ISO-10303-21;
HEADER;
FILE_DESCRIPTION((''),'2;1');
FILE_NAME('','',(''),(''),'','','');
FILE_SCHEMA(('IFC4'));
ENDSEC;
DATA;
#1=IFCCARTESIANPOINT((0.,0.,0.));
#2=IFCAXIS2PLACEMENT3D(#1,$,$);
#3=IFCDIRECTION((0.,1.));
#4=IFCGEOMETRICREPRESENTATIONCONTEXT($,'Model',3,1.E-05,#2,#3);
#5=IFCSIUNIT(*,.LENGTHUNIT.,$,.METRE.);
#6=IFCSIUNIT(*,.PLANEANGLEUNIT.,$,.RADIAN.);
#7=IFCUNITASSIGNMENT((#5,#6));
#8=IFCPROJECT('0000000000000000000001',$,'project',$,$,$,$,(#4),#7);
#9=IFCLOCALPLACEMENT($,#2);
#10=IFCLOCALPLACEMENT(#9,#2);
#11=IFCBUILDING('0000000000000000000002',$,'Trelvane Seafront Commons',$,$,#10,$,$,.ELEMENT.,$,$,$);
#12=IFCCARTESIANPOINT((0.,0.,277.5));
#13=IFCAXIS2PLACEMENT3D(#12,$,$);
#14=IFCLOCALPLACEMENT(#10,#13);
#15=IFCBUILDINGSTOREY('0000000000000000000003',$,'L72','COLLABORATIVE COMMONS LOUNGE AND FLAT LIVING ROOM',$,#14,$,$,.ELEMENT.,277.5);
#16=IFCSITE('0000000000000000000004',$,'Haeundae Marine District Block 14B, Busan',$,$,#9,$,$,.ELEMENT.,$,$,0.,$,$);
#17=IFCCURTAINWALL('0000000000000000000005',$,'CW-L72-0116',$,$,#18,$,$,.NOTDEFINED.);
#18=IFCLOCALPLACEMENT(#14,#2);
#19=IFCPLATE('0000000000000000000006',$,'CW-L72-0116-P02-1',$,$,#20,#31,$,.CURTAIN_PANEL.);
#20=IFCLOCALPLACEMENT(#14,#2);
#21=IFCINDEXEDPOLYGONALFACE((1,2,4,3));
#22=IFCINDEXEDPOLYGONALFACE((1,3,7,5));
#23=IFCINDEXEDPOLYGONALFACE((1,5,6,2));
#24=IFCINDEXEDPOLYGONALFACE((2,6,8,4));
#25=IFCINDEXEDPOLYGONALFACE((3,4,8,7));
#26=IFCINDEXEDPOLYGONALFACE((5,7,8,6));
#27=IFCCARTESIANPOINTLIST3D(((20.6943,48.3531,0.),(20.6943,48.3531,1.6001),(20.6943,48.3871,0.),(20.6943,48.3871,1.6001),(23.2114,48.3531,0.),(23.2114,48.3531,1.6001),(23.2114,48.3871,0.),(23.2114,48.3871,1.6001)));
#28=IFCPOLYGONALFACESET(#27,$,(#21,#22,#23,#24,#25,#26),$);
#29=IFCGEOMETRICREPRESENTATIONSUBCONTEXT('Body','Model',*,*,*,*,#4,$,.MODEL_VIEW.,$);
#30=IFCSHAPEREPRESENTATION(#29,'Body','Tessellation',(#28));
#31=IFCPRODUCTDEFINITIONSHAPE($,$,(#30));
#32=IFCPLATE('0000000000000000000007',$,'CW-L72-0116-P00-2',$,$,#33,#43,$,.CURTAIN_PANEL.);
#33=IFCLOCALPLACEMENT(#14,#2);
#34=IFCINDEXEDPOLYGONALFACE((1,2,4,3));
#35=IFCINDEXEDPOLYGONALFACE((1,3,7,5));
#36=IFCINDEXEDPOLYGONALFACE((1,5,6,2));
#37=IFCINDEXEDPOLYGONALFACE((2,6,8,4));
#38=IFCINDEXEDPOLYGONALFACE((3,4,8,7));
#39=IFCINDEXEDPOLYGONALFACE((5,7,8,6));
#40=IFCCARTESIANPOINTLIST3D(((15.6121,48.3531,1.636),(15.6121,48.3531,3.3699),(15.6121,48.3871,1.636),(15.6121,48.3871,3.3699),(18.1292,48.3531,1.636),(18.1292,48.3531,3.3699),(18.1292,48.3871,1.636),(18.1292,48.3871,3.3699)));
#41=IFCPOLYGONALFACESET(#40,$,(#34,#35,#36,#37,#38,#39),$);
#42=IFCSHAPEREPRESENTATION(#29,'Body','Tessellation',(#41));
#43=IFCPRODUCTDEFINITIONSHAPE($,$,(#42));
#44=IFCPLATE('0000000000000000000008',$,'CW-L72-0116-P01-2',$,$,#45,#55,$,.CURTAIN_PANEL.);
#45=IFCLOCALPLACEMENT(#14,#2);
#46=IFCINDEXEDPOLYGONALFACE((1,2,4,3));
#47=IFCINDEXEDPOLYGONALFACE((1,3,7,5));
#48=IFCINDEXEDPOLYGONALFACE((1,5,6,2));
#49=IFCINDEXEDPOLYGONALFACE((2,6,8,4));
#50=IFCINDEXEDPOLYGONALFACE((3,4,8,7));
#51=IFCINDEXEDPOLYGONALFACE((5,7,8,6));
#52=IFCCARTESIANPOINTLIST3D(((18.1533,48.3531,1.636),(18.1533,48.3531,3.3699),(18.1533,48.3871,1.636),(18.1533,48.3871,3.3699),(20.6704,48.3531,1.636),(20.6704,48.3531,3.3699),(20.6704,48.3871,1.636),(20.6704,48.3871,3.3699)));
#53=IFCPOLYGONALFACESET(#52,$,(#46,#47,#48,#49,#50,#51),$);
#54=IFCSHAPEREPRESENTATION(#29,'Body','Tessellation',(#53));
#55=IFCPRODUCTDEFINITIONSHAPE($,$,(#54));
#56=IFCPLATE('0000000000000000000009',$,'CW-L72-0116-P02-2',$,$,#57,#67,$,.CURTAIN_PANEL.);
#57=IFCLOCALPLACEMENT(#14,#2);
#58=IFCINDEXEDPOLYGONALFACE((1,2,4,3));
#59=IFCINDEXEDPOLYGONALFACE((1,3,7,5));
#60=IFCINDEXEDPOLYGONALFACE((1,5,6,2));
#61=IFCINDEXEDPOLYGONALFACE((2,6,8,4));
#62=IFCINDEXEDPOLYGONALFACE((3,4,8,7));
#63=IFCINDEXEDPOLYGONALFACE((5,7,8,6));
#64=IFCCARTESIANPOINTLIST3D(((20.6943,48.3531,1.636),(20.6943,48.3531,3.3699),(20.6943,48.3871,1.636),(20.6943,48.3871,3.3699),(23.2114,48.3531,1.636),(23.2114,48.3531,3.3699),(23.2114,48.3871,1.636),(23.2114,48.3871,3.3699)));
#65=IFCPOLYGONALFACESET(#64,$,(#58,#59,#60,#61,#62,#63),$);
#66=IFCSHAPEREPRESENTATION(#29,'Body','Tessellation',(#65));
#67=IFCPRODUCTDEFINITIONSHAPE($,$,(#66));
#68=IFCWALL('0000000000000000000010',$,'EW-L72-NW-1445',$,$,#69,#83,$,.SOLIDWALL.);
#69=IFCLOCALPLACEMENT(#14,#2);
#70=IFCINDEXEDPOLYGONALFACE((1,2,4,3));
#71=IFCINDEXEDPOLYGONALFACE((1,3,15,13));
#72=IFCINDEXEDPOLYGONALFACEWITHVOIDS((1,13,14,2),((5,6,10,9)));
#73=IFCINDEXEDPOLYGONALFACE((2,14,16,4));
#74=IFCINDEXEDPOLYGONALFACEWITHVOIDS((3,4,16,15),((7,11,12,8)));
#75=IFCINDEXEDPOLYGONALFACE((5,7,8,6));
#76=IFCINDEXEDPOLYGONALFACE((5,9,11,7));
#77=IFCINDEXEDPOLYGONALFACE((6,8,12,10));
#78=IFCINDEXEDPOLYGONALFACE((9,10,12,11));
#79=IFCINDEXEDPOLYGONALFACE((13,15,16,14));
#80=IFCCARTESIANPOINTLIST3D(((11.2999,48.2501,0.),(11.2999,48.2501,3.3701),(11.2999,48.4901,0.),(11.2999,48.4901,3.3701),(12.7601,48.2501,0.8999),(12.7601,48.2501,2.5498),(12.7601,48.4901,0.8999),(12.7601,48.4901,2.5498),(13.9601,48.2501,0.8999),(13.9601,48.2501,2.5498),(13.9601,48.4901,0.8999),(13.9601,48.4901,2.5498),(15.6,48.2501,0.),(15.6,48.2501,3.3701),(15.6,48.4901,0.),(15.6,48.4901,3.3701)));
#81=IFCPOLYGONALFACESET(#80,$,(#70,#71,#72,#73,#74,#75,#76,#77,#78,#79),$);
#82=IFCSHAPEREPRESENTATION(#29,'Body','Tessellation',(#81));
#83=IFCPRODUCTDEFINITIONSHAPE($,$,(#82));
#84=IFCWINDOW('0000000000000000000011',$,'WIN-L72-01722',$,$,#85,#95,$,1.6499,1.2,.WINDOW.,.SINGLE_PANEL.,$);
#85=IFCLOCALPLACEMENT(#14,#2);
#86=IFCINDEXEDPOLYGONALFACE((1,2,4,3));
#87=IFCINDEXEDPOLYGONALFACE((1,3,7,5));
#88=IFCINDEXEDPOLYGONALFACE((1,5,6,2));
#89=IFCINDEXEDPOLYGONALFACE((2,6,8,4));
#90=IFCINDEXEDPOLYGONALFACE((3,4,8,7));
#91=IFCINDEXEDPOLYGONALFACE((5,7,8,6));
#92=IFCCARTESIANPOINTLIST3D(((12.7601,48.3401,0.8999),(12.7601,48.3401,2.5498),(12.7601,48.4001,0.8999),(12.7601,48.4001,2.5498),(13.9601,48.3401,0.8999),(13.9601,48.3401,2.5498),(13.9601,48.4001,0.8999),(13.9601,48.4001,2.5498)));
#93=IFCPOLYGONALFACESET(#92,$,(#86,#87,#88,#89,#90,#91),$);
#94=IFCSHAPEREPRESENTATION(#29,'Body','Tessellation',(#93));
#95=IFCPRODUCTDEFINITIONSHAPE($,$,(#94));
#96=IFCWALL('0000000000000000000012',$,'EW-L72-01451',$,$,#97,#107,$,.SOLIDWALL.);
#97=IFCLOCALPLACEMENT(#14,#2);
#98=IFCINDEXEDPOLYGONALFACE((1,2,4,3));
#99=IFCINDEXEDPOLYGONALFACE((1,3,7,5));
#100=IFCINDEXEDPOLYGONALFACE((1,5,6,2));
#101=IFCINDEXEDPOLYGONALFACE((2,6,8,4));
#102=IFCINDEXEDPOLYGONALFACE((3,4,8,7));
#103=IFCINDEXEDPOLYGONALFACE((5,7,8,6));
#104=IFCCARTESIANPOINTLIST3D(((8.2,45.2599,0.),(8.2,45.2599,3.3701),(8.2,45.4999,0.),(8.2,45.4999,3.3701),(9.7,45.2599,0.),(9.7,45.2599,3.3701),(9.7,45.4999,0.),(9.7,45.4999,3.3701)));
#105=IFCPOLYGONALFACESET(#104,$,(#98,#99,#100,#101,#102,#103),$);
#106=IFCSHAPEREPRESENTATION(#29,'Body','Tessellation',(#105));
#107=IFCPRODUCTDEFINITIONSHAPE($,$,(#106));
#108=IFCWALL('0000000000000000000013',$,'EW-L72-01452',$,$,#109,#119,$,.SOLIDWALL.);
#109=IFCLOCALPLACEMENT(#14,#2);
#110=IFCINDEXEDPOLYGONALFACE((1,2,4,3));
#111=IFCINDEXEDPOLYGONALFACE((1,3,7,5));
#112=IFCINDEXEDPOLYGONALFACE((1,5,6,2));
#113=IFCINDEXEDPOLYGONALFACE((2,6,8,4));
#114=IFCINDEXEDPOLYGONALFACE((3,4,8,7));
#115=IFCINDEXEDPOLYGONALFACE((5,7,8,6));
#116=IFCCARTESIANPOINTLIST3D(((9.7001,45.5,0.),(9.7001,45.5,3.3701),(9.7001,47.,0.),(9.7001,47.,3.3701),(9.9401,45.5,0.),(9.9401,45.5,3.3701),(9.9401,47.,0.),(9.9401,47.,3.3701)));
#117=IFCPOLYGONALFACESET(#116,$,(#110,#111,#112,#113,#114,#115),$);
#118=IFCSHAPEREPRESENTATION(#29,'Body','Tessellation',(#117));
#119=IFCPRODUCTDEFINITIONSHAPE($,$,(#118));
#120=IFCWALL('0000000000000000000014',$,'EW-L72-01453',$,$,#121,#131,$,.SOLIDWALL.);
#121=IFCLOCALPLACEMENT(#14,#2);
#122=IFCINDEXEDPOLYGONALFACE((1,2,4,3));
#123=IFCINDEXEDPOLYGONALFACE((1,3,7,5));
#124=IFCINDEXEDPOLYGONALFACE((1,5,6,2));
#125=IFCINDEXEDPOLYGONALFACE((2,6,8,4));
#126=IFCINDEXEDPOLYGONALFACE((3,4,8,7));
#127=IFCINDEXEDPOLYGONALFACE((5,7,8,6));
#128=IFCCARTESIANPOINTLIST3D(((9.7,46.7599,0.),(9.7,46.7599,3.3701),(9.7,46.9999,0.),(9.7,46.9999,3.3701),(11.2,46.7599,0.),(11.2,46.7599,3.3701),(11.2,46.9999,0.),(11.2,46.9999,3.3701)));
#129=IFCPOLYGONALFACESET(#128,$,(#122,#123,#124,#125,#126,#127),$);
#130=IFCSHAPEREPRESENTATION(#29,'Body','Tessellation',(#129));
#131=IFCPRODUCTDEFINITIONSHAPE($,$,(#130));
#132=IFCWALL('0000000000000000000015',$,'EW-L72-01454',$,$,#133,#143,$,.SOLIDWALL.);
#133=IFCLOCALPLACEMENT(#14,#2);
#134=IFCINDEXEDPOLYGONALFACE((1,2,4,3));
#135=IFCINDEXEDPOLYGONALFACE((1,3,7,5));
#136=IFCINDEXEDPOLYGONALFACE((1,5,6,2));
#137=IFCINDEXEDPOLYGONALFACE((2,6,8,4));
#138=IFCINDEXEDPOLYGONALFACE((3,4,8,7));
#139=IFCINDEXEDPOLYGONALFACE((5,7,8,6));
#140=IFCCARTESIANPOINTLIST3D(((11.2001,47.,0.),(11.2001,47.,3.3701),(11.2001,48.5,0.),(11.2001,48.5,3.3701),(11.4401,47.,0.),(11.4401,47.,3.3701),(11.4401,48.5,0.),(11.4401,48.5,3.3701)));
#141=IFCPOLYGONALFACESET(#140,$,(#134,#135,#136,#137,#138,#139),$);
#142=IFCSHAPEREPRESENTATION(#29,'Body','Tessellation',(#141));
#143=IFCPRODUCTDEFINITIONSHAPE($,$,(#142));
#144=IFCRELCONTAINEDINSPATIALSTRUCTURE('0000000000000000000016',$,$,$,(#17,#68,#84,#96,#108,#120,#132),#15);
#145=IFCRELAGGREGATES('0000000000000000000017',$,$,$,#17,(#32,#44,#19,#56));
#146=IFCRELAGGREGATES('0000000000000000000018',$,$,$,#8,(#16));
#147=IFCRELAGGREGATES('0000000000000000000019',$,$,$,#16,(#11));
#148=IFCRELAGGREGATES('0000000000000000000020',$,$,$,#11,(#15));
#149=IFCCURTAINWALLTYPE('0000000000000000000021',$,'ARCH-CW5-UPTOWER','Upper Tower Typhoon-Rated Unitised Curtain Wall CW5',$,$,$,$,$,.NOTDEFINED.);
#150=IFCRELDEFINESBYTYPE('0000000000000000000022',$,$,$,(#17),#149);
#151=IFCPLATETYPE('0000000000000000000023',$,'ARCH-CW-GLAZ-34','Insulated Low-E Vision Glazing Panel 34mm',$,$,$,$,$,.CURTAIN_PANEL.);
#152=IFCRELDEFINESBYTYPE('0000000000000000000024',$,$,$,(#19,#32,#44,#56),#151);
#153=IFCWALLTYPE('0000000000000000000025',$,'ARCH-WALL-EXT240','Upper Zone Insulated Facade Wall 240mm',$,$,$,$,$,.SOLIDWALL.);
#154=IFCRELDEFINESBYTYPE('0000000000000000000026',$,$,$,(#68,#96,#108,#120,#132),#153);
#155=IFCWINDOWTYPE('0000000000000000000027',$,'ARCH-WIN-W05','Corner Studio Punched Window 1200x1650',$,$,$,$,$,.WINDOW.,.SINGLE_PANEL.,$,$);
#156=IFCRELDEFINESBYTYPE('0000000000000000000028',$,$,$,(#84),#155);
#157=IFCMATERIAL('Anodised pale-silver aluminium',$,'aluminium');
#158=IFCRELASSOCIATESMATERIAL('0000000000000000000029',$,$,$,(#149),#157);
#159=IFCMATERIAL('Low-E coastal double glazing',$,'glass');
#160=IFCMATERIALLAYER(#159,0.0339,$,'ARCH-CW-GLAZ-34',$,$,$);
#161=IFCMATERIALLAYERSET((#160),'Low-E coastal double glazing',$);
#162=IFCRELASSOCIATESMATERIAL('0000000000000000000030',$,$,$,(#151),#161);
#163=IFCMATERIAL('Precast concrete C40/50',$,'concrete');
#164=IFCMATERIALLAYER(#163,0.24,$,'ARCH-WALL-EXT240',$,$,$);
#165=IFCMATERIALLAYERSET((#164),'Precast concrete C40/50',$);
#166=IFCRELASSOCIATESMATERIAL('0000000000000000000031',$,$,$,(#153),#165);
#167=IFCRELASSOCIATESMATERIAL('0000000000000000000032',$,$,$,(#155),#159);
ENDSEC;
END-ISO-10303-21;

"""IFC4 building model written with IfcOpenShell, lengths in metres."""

from ifc_helpers import new_model, si_unit, direction, frame, frame_2d, origin, origin_2d, place, context, subcontext, project, spatial, rectangle, extrude, source, transform, mapped, material, layer, layer_set, type_object, element, fill, aggregate, save


model = new_model("IFC4")

# Units and contexts
model_context = context("Model", 3, precision=1e-05, world=origin(), true_north=direction((0.0, 1.0)))
body_context = subcontext(model_context, "Body", "Model", "MODEL_VIEW")
ifc_project = project(units=[si_unit("LENGTHUNIT", "METRE"), si_unit("PLANEANGLEUNIT", "RADIAN")], contexts=[model_context])

# Site, building, storey
site_placement = place(None, origin())
site = spatial("IfcSite", under=ifc_project, at=site_placement, Name="Haeundae Marine District Block 14B, Busan", CompositionType="ELEMENT", RefElevation=0.0)
building_placement = place(site_placement, origin())
building = spatial("IfcBuilding", under=site, at=building_placement, Name="Trelvane Seafront Commons", CompositionType="ELEMENT")
storey_placement = place(building_placement, frame((0.0, 0.0, 277.5)))
storey = spatial("IfcBuildingStorey", under=building, at=storey_placement, Name="L72", Description="COLLABORATIVE COMMONS LOUNGE AND FLAT LIVING ROOM", CompositionType="ELEMENT", Elevation=277.5)

# Curtain wall
ifc_material_1 = material(Name="Anodised pale-silver aluminium", Category="aluminium")
curtain_wall_type = type_object("IfcCurtainWallType", Name="ARCH-CW5-UPTOWER", Description="Upper Tower Typhoon-Rated Unitised Curtain Wall CW5", PredefinedType="NOTDEFINED", material=ifc_material_1)
curtain_wall_placement = place(storey_placement, origin())
curtain_wall = element("IfcCurtainWall", 1, at=curtain_wall_placement, inside=storey, type_object=curtain_wall_type, Name="CW-L72-0116", PredefinedType="NOTDEFINED")

# Plates
ifc_material_2 = material(Name="Low-E coastal double glazing", Category="glass")
ifc_layer_1 = layer(ifc_material_2, 0.0339, Name="ARCH-CW-GLAZ-34")
ifc_layer_set_1 = layer_set([ifc_layer_1], Name="Low-E coastal double glazing")
plate_type_1 = type_object("IfcPlateType", Name="ARCH-CW-GLAZ-34", Description="Insulated Low-E Vision Glazing Panel 34mm", PredefinedType="CURTAIN_PANEL", material=ifc_layer_set_1)
shared_shape_1 = source(origin(), body_context, "Body", "SweptSolid", [
    extrude(rectangle(XDim=2.5171, YDim=0.0339, at=origin_2d()), origin(), (0.0, 0.0, 1.0), 1.6001),
])
plate_1_placement = place(storey_placement, frame((21.9529, 48.3701, 0.0), z_axis=(0.0, 0.0, 1.0), x_axis=(1.0, 0.0, 0.0)))
plate_1 = element("IfcPlate", 2, at=plate_1_placement, type_object=plate_type_1, Name="CW-L72-0116-P02-1", PredefinedType="CURTAIN_PANEL", context=body_context, shape_type="MappedRepresentation", body=[
    mapped(shared_shape_1, transform((0.0, 0.0, 0.0), x_axis=(1.0, 0.0, 0.0), y_axis=(0.0, 1.0, 0.0), z_axis=(0.0, 0.0, 1.0), scale=1.0)),
])
shared_shape_2 = source(origin(), body_context, "Body", "SweptSolid", [
    extrude(rectangle(XDim=2.5171, YDim=0.0339, at=origin_2d()), origin(), (0.0, 0.0, 1.0), 1.7339),
])
plate_2_placement = place(storey_placement, frame((16.8706, 48.3701, 1.636), z_axis=(0.0, 0.0, 1.0), x_axis=(1.0, 0.0, 0.0)))
plate_2 = element("IfcPlate", 3, at=plate_2_placement, type_object=plate_type_1, Name="CW-L72-0116-P00-2", PredefinedType="CURTAIN_PANEL", context=body_context, shape_type="MappedRepresentation", body=[
    mapped(shared_shape_2, transform((0.0, 0.0, 0.0), x_axis=(1.0, 0.0, 0.0), y_axis=(0.0, 1.0, 0.0), z_axis=(0.0, 0.0, 1.0), scale=1.0)),
])
plate_3_placement = place(storey_placement, frame((19.4119, 48.3701, 1.636), z_axis=(0.0, 0.0, 1.0), x_axis=(1.0, 0.0, 0.0)))
plate_3 = element("IfcPlate", 4, at=plate_3_placement, type_object=plate_type_1, Name="CW-L72-0116-P01-2", PredefinedType="CURTAIN_PANEL", context=body_context, shape_type="MappedRepresentation", body=[
    mapped(shared_shape_2, transform((0.0, 0.0, 0.0), x_axis=(1.0, 0.0, 0.0), y_axis=(0.0, 1.0, 0.0), z_axis=(0.0, 0.0, 1.0), scale=1.0)),
])
plate_4_placement = place(storey_placement, frame((21.9529, 48.3701, 1.636), z_axis=(0.0, 0.0, 1.0), x_axis=(1.0, 0.0, 0.0)))
plate_4 = element("IfcPlate", 5, at=plate_4_placement, type_object=plate_type_1, Name="CW-L72-0116-P02-2", PredefinedType="CURTAIN_PANEL", context=body_context, shape_type="MappedRepresentation", body=[
    mapped(shared_shape_2, transform((0.0, 0.0, 0.0), x_axis=(1.0, 0.0, 0.0), y_axis=(0.0, 1.0, 0.0), z_axis=(0.0, 0.0, 1.0), scale=1.0)),
])
aggregate(curtain_wall, [plate_2, plate_3, plate_1, plate_4])

# Wall, opening, window
ifc_material_3 = material(Name="Precast concrete C40/50", Category="concrete")
ifc_layer_2 = layer(ifc_material_3, 0.24, Name="ARCH-WALL-EXT240")
ifc_layer_set_2 = layer_set([ifc_layer_2], Name="Precast concrete C40/50")
wall_type = type_object("IfcWallType", Name="ARCH-WALL-EXT240", Description="Upper Zone Insulated Facade Wall 240mm", PredefinedType="SOLIDWALL", material=ifc_layer_set_2)
wall_placement = place(storey_placement, frame((11.3, 48.3701, 0.0), z_axis=(0.0, 0.0, 1.0), x_axis=(1.0, 0.0, 0.0)))
wall = element("IfcWall", 6, at=wall_placement, inside=storey, type_object=wall_type, Name="EW-L72-NW-1445", PredefinedType="SOLIDWALL", context=body_context, shape_type="SweptSolid", body=[
    extrude(rectangle(XDim=4.3, YDim=0.24, at=frame_2d((2.1499, 0.0))), origin(), (0.0, 0.0, 1.0), 3.3701),
])
opening_placement = place(wall_placement, frame((1.46, 0.0, 0.8999)))
opening = element("IfcOpeningElement", 7, at=opening_placement, cuts=wall, PredefinedType="OPENING", context=body_context, shape_type="SweptSolid", body=[
    extrude(rectangle(XDim=1.2, YDim=1.6499, at=frame_2d((0.6001, 0.825))), frame((0.0, 0.1299, 0.0), z_axis=(0.0, -1.0, 0.0), x_axis=(1.0, 0.0, 0.0)), (0.0, 0.0, 1.0), 0.26),
])
window_type = type_object("IfcWindowType", Name="ARCH-WIN-W05", Description="Corner Studio Punched Window 1200x1650", PartitioningType="SINGLE_PANEL", PredefinedType="WINDOW", material=ifc_material_2)
shared_shape_3 = source(origin(), body_context, "Body", "SweptSolid", [
    extrude(rectangle(XDim=1.2, YDim=1.6499, at=frame_2d((0.6001, 0.825))), frame((0.0, 0.03, 0.0), z_axis=(0.0, -1.0, 0.0), x_axis=(1.0, 0.0, 0.0)), (0.0, 0.0, 1.0), 0.0601),
])
window_placement = place(opening_placement, origin())
window = element("IfcWindow", 8, at=window_placement, inside=storey, type_object=window_type, Name="WIN-L72-01722", OverallHeight=1.6499, OverallWidth=1.2, PartitioningType="SINGLE_PANEL", PredefinedType="WINDOW", context=body_context, shape_type="MappedRepresentation", body=[
    mapped(shared_shape_3, transform((0.0, 0.0, 0.0), x_axis=(1.0, 0.0, 0.0), y_axis=(0.0, 1.0, 0.0), z_axis=(0.0, 0.0, 1.0), scale=1.0)),
])
fill(opening, window)

# Walls
for number, where, z_axis, x_axis, name in (
    (9, (8.2, 45.3799, 0.0), (0.0, 0.0, 1.0), (1.0, 0.0, 0.0), "EW-L72-01451"),
    (10, (9.8201, 45.5, 0.0), (0.0, 0.0, 1.0), (0.0, 1.0, 0.0), "EW-L72-01452"),
    (11, (9.7, 46.8799, 0.0), (0.0, 0.0, 1.0), (1.0, 0.0, 0.0), "EW-L72-01453"),
    (12, (11.3201, 47.0, 0.0), (0.0, 0.0, 1.0), (0.0, 1.0, 0.0), "EW-L72-01454"),
):
    element("IfcWall", number, at=place(storey_placement, frame(where, z_axis=z_axis, x_axis=x_axis)), inside=storey, type_object=wall_type, Name=name, PredefinedType="SOLIDWALL", context=body_context, shape_type="SweptSolid", body=[
        extrude(rectangle(XDim=1.5, YDim=0.24, at=frame_2d((0.75, 0.0))), origin(), (0.0, 0.0, 1.0), 3.3701),
    ])

save(model, "model.ifc")
